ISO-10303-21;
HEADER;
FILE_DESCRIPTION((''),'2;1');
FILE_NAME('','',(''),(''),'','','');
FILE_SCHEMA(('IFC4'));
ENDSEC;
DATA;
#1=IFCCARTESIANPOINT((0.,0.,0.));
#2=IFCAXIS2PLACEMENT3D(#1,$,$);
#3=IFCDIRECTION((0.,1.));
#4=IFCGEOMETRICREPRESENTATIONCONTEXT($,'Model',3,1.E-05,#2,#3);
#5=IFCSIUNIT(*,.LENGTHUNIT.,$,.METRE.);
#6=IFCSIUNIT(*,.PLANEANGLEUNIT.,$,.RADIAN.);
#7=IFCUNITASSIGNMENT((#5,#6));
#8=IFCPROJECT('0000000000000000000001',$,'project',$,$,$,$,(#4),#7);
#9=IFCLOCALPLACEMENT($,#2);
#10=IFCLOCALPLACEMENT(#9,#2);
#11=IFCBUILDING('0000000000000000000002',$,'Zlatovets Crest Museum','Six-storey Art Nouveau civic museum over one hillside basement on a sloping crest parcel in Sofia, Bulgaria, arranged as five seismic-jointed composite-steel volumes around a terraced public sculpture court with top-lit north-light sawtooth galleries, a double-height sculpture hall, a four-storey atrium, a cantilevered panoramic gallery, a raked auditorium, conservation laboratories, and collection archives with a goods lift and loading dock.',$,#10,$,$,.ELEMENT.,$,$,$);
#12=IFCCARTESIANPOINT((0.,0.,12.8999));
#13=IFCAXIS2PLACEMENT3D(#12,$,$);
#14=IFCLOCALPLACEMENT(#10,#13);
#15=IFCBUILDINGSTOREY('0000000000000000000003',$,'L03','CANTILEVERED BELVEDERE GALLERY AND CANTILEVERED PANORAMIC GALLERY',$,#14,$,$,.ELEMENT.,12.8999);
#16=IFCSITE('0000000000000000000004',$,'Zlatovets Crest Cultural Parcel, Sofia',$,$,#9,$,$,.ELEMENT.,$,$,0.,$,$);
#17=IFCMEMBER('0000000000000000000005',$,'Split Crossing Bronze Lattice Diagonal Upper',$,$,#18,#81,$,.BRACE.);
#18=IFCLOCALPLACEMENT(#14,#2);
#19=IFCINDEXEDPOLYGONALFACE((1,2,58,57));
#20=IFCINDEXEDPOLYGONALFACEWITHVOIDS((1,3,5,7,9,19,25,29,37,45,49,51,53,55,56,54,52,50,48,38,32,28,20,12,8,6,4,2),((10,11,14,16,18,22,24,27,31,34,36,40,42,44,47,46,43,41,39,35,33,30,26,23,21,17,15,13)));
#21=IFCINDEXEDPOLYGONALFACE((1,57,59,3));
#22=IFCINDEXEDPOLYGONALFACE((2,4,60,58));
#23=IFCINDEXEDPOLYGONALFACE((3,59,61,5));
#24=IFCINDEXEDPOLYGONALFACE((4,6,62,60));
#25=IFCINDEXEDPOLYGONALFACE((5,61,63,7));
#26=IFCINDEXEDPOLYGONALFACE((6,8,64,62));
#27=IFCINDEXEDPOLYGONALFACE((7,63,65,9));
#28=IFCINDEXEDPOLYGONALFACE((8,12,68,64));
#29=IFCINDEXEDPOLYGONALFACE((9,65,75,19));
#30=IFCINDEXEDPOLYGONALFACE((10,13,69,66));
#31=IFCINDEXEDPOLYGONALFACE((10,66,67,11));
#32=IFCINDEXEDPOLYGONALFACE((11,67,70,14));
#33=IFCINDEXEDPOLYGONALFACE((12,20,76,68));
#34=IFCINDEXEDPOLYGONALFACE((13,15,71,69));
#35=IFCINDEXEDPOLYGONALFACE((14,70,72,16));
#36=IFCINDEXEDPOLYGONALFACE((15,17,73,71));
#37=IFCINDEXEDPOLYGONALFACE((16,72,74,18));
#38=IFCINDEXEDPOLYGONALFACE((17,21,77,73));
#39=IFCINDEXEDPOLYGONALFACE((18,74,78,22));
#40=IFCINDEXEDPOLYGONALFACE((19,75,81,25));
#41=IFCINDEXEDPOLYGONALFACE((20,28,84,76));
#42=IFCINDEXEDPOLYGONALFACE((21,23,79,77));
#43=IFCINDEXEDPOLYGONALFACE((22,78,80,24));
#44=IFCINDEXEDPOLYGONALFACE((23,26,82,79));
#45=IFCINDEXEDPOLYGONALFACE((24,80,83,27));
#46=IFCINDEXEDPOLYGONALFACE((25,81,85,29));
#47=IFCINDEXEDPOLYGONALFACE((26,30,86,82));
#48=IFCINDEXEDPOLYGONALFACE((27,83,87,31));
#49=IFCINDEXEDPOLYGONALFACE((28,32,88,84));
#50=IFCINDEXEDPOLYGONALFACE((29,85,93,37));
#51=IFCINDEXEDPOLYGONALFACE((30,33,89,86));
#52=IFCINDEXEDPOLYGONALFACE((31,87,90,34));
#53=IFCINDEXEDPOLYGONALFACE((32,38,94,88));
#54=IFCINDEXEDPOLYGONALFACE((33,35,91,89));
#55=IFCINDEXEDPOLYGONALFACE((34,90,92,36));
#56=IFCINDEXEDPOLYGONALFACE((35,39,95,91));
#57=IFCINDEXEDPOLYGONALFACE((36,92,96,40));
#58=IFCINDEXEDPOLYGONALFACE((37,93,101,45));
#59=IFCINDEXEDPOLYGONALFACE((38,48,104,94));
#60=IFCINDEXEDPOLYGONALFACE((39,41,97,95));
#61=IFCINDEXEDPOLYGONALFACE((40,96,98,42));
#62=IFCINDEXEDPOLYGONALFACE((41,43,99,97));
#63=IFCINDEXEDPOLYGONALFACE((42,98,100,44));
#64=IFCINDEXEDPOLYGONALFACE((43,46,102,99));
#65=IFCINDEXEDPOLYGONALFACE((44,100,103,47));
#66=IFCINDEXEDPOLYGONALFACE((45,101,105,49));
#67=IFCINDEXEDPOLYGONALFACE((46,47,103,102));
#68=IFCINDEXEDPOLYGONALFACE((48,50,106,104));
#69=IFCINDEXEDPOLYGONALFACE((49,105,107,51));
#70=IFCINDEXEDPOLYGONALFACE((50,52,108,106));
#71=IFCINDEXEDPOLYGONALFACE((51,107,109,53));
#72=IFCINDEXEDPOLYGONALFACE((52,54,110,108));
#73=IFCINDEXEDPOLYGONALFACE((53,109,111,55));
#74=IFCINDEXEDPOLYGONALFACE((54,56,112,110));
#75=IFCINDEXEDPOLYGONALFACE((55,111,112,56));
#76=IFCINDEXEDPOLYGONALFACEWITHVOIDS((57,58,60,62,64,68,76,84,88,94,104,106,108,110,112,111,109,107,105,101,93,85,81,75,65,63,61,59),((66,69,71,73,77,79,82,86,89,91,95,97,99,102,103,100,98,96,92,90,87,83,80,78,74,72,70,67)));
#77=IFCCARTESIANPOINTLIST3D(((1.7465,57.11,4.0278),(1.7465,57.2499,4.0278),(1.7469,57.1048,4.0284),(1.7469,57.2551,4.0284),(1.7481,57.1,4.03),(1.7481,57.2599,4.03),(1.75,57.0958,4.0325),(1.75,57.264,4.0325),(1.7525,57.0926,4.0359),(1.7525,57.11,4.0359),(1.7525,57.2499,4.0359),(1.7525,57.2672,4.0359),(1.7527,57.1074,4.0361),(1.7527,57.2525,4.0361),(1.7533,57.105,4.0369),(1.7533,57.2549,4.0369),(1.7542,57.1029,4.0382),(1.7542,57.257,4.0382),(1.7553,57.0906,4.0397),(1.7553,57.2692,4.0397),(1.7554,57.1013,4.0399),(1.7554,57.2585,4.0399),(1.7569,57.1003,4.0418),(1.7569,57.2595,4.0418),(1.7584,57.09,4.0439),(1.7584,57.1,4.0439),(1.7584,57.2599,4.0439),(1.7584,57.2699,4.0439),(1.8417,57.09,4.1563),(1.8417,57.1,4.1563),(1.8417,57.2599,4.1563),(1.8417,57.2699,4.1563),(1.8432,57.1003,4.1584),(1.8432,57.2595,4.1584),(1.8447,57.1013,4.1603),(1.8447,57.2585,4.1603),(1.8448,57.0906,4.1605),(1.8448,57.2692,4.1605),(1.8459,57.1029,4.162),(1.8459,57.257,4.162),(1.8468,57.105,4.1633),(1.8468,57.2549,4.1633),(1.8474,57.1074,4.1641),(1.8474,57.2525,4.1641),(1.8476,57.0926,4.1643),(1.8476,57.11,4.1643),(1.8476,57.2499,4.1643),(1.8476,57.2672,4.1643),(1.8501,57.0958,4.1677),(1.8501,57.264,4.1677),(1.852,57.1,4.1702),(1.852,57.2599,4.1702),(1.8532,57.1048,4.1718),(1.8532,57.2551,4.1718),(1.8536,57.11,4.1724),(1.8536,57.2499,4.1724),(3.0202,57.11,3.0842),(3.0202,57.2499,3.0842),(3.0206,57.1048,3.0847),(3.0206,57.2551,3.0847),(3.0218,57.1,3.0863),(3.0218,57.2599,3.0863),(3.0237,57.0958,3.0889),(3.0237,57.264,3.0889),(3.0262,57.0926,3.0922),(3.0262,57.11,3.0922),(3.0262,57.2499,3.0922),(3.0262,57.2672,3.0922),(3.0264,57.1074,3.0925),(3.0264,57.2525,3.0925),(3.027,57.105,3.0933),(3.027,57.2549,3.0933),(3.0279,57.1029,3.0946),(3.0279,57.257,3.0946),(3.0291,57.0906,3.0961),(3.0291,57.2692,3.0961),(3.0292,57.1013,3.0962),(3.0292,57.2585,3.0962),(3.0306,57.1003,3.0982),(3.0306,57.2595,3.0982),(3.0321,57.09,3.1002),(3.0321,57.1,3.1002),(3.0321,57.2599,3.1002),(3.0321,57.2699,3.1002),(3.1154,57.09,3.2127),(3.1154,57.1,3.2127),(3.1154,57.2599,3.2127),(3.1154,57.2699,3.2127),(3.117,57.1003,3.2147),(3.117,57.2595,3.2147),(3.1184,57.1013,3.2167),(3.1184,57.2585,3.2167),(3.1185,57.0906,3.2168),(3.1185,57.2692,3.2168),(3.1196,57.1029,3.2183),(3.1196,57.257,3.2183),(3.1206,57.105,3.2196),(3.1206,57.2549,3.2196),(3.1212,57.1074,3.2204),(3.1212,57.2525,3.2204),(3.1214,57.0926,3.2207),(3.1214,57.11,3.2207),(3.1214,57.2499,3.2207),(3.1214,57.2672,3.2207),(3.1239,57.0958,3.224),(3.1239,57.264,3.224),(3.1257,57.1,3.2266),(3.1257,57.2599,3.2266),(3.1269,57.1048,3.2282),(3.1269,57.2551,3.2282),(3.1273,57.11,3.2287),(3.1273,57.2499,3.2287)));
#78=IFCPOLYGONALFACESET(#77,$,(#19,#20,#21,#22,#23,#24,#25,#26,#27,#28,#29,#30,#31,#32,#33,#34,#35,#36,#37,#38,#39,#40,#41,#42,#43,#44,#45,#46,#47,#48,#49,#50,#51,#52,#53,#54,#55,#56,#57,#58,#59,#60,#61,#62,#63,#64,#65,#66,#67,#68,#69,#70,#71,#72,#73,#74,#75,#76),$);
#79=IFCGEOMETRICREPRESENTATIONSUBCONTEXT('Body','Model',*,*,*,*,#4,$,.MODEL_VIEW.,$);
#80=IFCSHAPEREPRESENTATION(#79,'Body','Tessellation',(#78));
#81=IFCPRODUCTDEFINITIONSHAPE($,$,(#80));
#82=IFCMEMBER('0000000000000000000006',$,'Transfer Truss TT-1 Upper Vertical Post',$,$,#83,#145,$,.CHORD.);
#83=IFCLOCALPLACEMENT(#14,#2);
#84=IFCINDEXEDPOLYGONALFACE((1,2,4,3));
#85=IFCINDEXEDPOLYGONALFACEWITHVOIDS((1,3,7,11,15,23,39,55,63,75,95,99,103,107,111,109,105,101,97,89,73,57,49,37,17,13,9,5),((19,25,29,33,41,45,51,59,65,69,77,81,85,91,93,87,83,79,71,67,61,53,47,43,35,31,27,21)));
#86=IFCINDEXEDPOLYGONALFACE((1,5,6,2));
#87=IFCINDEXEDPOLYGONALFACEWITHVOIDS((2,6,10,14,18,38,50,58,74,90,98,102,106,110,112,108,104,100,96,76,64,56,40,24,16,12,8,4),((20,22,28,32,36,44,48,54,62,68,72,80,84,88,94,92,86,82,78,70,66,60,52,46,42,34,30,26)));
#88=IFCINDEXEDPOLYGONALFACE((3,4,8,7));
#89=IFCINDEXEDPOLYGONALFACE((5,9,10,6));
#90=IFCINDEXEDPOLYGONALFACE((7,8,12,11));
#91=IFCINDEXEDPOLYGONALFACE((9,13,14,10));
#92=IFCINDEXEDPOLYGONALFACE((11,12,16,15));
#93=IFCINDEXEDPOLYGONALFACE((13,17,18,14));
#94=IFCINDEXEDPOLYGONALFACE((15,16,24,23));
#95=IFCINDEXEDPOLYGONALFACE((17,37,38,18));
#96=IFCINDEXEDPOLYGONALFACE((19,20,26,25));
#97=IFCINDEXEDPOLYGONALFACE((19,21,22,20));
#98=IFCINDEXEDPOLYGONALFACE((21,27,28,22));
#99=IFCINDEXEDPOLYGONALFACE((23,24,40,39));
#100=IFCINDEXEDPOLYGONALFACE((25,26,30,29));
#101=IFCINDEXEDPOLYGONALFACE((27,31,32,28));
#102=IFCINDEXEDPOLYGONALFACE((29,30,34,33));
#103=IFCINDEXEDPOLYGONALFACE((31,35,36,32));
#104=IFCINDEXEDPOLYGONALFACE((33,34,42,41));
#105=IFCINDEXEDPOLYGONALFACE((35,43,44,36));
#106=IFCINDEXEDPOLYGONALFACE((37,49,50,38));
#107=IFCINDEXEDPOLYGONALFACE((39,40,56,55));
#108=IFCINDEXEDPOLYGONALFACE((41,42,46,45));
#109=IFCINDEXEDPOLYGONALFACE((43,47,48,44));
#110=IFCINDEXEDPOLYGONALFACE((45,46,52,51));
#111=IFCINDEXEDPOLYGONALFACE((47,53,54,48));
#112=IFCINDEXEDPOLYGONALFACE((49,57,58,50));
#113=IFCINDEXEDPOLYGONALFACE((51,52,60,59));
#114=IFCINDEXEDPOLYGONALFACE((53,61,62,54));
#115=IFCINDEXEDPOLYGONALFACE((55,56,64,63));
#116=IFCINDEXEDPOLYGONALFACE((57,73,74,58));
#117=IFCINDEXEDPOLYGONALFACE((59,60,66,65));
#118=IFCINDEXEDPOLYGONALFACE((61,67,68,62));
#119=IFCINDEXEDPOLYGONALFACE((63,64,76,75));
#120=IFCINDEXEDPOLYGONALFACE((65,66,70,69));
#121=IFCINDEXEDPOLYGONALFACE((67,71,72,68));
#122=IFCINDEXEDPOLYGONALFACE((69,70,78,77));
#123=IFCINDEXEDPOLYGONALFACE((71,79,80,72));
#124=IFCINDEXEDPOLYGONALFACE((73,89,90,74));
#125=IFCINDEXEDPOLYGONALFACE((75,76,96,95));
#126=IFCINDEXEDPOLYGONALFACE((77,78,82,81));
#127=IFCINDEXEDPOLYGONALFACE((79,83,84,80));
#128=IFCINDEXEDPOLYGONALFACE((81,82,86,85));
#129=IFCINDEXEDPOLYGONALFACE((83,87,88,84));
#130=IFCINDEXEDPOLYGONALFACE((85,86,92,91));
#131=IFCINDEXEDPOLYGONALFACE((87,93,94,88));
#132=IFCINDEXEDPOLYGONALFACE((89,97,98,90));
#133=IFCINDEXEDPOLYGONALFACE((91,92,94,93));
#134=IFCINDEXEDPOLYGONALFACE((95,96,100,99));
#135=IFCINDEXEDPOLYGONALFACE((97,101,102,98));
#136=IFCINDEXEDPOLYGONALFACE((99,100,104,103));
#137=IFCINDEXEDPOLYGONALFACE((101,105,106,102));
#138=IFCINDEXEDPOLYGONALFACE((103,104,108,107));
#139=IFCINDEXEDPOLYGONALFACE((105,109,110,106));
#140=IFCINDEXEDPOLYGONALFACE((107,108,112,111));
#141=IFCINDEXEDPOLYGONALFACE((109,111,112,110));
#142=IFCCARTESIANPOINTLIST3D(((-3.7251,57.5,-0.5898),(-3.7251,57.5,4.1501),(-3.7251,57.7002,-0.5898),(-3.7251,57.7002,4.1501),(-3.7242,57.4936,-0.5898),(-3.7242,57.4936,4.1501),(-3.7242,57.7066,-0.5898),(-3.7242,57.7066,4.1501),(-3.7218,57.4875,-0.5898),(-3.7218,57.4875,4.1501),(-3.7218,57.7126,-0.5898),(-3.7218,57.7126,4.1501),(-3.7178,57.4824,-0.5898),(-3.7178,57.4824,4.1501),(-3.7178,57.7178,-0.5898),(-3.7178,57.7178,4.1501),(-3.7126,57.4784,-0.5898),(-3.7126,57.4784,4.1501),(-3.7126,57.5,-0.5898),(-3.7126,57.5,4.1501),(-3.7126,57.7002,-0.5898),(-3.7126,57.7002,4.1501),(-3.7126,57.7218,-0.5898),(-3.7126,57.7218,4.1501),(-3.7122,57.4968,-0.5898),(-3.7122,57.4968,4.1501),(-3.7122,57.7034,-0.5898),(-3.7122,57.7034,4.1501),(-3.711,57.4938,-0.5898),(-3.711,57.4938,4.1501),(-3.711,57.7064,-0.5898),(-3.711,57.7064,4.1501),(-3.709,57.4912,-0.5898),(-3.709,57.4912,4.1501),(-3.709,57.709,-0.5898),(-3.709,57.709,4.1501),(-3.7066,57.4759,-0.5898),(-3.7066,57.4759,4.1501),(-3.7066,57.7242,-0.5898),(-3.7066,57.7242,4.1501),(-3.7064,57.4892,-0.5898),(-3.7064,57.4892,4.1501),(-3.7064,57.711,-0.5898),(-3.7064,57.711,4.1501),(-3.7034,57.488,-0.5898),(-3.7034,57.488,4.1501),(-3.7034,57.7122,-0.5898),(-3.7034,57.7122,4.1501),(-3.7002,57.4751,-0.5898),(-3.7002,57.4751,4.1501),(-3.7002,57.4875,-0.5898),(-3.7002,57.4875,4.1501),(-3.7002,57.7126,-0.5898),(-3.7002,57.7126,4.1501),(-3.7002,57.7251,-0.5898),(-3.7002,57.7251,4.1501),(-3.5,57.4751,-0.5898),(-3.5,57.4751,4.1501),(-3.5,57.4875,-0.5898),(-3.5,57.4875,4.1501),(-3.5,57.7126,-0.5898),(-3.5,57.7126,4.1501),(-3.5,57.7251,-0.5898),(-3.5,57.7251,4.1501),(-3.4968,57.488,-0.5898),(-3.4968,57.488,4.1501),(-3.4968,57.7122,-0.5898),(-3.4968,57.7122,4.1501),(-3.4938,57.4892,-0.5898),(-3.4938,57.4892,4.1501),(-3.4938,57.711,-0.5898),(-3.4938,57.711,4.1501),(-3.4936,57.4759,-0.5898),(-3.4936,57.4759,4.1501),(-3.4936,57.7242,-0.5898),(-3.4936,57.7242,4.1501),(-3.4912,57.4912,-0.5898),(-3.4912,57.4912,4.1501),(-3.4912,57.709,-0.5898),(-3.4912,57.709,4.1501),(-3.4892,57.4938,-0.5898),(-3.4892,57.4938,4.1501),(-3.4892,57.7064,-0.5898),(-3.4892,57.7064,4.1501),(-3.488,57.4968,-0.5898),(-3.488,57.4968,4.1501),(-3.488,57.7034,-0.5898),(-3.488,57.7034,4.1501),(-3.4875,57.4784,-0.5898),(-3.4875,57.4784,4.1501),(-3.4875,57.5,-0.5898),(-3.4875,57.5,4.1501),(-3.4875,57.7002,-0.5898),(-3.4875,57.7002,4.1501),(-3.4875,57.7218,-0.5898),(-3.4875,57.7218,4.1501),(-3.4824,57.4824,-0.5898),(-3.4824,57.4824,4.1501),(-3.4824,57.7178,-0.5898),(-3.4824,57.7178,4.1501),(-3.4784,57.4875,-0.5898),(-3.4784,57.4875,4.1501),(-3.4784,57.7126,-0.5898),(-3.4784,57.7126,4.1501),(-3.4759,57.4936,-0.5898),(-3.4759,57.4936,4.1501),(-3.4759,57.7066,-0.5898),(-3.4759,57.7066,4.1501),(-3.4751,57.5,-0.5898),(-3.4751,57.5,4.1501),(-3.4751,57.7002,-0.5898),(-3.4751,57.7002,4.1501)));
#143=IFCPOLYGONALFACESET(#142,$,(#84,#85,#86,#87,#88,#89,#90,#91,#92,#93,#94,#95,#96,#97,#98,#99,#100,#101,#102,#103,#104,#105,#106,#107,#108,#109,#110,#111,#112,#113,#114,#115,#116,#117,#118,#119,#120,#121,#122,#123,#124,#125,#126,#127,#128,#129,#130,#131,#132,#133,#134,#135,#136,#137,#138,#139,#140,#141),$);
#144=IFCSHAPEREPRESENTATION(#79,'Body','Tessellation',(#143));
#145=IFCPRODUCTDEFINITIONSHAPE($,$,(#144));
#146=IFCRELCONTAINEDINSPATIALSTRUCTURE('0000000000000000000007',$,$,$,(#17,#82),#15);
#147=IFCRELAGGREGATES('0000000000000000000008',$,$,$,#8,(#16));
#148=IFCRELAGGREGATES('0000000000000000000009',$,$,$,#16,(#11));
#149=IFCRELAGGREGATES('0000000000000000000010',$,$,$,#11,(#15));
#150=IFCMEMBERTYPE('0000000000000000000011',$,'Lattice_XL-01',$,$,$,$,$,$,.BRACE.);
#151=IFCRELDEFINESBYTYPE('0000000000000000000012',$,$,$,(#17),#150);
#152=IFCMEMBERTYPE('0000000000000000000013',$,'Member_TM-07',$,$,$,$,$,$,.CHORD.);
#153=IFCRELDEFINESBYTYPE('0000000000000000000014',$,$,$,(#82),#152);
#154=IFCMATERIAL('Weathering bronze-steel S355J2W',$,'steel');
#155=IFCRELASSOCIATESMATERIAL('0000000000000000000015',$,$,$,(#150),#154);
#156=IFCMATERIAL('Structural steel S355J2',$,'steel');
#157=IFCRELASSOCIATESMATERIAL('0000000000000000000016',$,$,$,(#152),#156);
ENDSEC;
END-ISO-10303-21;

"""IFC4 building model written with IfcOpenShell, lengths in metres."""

from ifc_helpers import new_model, si_unit, direction, frame, origin, origin_2d, place, context, subcontext, project, spatial, hollow_rectangle, extrude, material, material_profile, profile_set, type_object, element, save


model = new_model("IFC4")

# Units and contexts
model_context = context("Model", 3, precision=1e-05, world=origin(), true_north=direction((0.0, 1.0)))
body_context = subcontext(model_context, "Body", "Model", "MODEL_VIEW")
ifc_project = project(units=[si_unit("LENGTHUNIT", "METRE"), si_unit("PLANEANGLEUNIT", "RADIAN")], contexts=[model_context])

# Site, building, storey
site_placement = place(None, origin())
site = spatial("IfcSite", under=ifc_project, at=site_placement, Name="Zlatovets Crest Cultural Parcel, Sofia", CompositionType="ELEMENT", RefElevation=0.0)
building_placement = place(site_placement, origin())
building = spatial("IfcBuilding", under=site, at=building_placement, Name="Zlatovets Crest Museum", Description="Six-storey Art Nouveau civic museum over one hillside basement on a sloping crest parcel in Sofia, Bulgaria, arranged as five seismic-jointed composite-steel volumes around a terraced public sculpture court with top-lit north-light sawtooth galleries, a double-height sculpture hall, a four-storey atrium, a cantilevered panoramic gallery, a raked auditorium, conservation laboratories, and collection archives with a goods lift and loading dock.", CompositionType="ELEMENT")
storey_placement = place(building_placement, frame((0.0, 0.0, 12.8999)))
storey = spatial("IfcBuildingStorey", under=building, at=storey_placement, Name="L03", Description="CANTILEVERED BELVEDERE GALLERY AND CANTILEVERED PANORAMIC GALLERY", CompositionType="ELEMENT", Elevation=12.8999)

# Shared definitions
ifc_material_1 = material(Name="Structural steel S355J2", Category="steel")

# Members
ifc_material_2 = material(Name="Weathering bronze-steel S355J2W", Category="steel")
ifc_material_profile_1 = material_profile(ifc_material_2, hollow_rectangle(XDim=0.1799, YDim=0.1799, WallThickness=0.01, InnerFilletRadius=0.01, OuterFilletRadius=0.02, at=origin_2d()), Name="SHS 180x180x10.0")
ifc_profile_set_1 = profile_set([ifc_material_profile_1], Name="Weathering bronze-steel S355J2W")
member_type_1 = type_object("IfcMemberType", Name="Lattice_XL-01", PredefinedType="BRACE", material=ifc_profile_set_1)
member_1_placement = place(storey_placement, frame((1.8, 57.1799, 4.1001), z_axis=(0.803516, 0.0, -0.595283), x_axis=(0.0, 1.0, 0.0)))
element("IfcMember", 1, at=member_1_placement, inside=storey, type_object=member_type_1, Name="Split Crossing Bronze Lattice Diagonal Upper", PredefinedType="BRACE", context=body_context, shape_type="SweptSolid", body=[
    extrude(hollow_rectangle(XDim=0.1799, YDim=0.1799, WallThickness=0.01, InnerFilletRadius=0.01, OuterFilletRadius=0.02, at=origin_2d()), origin(), (0.0, 0.0, 1.0), 1.5852),
])
ifc_material_profile_2 = material_profile(ifc_material_1, hollow_rectangle(XDim=0.25, YDim=0.25, WallThickness=0.0125, InnerFilletRadius=0.0125, OuterFilletRadius=0.0249, at=origin_2d()), Name="SHS 250x250x12.5")
ifc_profile_set_2 = profile_set([ifc_material_profile_2], Name="Structural steel S355J2")
member_type_2 = type_object("IfcMemberType", Name="Member_TM-07", PredefinedType="CHORD", material=ifc_profile_set_2)
for number, where, z_axis, x_axis, name in (
    (2, (-3.6001, 57.6001, -0.5898), (0.0, 0.0, 1.0), (1.0, 0.0, 0.0), "Transfer Truss TT-1 Upper Vertical Post"),
):
    element("IfcMember", number, at=place(storey_placement, frame(where, z_axis=z_axis, x_axis=x_axis)), inside=storey, type_object=member_type_2, Name=name, PredefinedType="CHORD", context=body_context, shape_type="SweptSolid", body=[
        extrude(hollow_rectangle(XDim=0.25, YDim=0.25, WallThickness=0.0125, InnerFilletRadius=0.0125, OuterFilletRadius=0.0249, at=origin_2d()), origin(), (0.0, 0.0, 1.0), 4.74),
    ])

save(model, "model.ifc")
